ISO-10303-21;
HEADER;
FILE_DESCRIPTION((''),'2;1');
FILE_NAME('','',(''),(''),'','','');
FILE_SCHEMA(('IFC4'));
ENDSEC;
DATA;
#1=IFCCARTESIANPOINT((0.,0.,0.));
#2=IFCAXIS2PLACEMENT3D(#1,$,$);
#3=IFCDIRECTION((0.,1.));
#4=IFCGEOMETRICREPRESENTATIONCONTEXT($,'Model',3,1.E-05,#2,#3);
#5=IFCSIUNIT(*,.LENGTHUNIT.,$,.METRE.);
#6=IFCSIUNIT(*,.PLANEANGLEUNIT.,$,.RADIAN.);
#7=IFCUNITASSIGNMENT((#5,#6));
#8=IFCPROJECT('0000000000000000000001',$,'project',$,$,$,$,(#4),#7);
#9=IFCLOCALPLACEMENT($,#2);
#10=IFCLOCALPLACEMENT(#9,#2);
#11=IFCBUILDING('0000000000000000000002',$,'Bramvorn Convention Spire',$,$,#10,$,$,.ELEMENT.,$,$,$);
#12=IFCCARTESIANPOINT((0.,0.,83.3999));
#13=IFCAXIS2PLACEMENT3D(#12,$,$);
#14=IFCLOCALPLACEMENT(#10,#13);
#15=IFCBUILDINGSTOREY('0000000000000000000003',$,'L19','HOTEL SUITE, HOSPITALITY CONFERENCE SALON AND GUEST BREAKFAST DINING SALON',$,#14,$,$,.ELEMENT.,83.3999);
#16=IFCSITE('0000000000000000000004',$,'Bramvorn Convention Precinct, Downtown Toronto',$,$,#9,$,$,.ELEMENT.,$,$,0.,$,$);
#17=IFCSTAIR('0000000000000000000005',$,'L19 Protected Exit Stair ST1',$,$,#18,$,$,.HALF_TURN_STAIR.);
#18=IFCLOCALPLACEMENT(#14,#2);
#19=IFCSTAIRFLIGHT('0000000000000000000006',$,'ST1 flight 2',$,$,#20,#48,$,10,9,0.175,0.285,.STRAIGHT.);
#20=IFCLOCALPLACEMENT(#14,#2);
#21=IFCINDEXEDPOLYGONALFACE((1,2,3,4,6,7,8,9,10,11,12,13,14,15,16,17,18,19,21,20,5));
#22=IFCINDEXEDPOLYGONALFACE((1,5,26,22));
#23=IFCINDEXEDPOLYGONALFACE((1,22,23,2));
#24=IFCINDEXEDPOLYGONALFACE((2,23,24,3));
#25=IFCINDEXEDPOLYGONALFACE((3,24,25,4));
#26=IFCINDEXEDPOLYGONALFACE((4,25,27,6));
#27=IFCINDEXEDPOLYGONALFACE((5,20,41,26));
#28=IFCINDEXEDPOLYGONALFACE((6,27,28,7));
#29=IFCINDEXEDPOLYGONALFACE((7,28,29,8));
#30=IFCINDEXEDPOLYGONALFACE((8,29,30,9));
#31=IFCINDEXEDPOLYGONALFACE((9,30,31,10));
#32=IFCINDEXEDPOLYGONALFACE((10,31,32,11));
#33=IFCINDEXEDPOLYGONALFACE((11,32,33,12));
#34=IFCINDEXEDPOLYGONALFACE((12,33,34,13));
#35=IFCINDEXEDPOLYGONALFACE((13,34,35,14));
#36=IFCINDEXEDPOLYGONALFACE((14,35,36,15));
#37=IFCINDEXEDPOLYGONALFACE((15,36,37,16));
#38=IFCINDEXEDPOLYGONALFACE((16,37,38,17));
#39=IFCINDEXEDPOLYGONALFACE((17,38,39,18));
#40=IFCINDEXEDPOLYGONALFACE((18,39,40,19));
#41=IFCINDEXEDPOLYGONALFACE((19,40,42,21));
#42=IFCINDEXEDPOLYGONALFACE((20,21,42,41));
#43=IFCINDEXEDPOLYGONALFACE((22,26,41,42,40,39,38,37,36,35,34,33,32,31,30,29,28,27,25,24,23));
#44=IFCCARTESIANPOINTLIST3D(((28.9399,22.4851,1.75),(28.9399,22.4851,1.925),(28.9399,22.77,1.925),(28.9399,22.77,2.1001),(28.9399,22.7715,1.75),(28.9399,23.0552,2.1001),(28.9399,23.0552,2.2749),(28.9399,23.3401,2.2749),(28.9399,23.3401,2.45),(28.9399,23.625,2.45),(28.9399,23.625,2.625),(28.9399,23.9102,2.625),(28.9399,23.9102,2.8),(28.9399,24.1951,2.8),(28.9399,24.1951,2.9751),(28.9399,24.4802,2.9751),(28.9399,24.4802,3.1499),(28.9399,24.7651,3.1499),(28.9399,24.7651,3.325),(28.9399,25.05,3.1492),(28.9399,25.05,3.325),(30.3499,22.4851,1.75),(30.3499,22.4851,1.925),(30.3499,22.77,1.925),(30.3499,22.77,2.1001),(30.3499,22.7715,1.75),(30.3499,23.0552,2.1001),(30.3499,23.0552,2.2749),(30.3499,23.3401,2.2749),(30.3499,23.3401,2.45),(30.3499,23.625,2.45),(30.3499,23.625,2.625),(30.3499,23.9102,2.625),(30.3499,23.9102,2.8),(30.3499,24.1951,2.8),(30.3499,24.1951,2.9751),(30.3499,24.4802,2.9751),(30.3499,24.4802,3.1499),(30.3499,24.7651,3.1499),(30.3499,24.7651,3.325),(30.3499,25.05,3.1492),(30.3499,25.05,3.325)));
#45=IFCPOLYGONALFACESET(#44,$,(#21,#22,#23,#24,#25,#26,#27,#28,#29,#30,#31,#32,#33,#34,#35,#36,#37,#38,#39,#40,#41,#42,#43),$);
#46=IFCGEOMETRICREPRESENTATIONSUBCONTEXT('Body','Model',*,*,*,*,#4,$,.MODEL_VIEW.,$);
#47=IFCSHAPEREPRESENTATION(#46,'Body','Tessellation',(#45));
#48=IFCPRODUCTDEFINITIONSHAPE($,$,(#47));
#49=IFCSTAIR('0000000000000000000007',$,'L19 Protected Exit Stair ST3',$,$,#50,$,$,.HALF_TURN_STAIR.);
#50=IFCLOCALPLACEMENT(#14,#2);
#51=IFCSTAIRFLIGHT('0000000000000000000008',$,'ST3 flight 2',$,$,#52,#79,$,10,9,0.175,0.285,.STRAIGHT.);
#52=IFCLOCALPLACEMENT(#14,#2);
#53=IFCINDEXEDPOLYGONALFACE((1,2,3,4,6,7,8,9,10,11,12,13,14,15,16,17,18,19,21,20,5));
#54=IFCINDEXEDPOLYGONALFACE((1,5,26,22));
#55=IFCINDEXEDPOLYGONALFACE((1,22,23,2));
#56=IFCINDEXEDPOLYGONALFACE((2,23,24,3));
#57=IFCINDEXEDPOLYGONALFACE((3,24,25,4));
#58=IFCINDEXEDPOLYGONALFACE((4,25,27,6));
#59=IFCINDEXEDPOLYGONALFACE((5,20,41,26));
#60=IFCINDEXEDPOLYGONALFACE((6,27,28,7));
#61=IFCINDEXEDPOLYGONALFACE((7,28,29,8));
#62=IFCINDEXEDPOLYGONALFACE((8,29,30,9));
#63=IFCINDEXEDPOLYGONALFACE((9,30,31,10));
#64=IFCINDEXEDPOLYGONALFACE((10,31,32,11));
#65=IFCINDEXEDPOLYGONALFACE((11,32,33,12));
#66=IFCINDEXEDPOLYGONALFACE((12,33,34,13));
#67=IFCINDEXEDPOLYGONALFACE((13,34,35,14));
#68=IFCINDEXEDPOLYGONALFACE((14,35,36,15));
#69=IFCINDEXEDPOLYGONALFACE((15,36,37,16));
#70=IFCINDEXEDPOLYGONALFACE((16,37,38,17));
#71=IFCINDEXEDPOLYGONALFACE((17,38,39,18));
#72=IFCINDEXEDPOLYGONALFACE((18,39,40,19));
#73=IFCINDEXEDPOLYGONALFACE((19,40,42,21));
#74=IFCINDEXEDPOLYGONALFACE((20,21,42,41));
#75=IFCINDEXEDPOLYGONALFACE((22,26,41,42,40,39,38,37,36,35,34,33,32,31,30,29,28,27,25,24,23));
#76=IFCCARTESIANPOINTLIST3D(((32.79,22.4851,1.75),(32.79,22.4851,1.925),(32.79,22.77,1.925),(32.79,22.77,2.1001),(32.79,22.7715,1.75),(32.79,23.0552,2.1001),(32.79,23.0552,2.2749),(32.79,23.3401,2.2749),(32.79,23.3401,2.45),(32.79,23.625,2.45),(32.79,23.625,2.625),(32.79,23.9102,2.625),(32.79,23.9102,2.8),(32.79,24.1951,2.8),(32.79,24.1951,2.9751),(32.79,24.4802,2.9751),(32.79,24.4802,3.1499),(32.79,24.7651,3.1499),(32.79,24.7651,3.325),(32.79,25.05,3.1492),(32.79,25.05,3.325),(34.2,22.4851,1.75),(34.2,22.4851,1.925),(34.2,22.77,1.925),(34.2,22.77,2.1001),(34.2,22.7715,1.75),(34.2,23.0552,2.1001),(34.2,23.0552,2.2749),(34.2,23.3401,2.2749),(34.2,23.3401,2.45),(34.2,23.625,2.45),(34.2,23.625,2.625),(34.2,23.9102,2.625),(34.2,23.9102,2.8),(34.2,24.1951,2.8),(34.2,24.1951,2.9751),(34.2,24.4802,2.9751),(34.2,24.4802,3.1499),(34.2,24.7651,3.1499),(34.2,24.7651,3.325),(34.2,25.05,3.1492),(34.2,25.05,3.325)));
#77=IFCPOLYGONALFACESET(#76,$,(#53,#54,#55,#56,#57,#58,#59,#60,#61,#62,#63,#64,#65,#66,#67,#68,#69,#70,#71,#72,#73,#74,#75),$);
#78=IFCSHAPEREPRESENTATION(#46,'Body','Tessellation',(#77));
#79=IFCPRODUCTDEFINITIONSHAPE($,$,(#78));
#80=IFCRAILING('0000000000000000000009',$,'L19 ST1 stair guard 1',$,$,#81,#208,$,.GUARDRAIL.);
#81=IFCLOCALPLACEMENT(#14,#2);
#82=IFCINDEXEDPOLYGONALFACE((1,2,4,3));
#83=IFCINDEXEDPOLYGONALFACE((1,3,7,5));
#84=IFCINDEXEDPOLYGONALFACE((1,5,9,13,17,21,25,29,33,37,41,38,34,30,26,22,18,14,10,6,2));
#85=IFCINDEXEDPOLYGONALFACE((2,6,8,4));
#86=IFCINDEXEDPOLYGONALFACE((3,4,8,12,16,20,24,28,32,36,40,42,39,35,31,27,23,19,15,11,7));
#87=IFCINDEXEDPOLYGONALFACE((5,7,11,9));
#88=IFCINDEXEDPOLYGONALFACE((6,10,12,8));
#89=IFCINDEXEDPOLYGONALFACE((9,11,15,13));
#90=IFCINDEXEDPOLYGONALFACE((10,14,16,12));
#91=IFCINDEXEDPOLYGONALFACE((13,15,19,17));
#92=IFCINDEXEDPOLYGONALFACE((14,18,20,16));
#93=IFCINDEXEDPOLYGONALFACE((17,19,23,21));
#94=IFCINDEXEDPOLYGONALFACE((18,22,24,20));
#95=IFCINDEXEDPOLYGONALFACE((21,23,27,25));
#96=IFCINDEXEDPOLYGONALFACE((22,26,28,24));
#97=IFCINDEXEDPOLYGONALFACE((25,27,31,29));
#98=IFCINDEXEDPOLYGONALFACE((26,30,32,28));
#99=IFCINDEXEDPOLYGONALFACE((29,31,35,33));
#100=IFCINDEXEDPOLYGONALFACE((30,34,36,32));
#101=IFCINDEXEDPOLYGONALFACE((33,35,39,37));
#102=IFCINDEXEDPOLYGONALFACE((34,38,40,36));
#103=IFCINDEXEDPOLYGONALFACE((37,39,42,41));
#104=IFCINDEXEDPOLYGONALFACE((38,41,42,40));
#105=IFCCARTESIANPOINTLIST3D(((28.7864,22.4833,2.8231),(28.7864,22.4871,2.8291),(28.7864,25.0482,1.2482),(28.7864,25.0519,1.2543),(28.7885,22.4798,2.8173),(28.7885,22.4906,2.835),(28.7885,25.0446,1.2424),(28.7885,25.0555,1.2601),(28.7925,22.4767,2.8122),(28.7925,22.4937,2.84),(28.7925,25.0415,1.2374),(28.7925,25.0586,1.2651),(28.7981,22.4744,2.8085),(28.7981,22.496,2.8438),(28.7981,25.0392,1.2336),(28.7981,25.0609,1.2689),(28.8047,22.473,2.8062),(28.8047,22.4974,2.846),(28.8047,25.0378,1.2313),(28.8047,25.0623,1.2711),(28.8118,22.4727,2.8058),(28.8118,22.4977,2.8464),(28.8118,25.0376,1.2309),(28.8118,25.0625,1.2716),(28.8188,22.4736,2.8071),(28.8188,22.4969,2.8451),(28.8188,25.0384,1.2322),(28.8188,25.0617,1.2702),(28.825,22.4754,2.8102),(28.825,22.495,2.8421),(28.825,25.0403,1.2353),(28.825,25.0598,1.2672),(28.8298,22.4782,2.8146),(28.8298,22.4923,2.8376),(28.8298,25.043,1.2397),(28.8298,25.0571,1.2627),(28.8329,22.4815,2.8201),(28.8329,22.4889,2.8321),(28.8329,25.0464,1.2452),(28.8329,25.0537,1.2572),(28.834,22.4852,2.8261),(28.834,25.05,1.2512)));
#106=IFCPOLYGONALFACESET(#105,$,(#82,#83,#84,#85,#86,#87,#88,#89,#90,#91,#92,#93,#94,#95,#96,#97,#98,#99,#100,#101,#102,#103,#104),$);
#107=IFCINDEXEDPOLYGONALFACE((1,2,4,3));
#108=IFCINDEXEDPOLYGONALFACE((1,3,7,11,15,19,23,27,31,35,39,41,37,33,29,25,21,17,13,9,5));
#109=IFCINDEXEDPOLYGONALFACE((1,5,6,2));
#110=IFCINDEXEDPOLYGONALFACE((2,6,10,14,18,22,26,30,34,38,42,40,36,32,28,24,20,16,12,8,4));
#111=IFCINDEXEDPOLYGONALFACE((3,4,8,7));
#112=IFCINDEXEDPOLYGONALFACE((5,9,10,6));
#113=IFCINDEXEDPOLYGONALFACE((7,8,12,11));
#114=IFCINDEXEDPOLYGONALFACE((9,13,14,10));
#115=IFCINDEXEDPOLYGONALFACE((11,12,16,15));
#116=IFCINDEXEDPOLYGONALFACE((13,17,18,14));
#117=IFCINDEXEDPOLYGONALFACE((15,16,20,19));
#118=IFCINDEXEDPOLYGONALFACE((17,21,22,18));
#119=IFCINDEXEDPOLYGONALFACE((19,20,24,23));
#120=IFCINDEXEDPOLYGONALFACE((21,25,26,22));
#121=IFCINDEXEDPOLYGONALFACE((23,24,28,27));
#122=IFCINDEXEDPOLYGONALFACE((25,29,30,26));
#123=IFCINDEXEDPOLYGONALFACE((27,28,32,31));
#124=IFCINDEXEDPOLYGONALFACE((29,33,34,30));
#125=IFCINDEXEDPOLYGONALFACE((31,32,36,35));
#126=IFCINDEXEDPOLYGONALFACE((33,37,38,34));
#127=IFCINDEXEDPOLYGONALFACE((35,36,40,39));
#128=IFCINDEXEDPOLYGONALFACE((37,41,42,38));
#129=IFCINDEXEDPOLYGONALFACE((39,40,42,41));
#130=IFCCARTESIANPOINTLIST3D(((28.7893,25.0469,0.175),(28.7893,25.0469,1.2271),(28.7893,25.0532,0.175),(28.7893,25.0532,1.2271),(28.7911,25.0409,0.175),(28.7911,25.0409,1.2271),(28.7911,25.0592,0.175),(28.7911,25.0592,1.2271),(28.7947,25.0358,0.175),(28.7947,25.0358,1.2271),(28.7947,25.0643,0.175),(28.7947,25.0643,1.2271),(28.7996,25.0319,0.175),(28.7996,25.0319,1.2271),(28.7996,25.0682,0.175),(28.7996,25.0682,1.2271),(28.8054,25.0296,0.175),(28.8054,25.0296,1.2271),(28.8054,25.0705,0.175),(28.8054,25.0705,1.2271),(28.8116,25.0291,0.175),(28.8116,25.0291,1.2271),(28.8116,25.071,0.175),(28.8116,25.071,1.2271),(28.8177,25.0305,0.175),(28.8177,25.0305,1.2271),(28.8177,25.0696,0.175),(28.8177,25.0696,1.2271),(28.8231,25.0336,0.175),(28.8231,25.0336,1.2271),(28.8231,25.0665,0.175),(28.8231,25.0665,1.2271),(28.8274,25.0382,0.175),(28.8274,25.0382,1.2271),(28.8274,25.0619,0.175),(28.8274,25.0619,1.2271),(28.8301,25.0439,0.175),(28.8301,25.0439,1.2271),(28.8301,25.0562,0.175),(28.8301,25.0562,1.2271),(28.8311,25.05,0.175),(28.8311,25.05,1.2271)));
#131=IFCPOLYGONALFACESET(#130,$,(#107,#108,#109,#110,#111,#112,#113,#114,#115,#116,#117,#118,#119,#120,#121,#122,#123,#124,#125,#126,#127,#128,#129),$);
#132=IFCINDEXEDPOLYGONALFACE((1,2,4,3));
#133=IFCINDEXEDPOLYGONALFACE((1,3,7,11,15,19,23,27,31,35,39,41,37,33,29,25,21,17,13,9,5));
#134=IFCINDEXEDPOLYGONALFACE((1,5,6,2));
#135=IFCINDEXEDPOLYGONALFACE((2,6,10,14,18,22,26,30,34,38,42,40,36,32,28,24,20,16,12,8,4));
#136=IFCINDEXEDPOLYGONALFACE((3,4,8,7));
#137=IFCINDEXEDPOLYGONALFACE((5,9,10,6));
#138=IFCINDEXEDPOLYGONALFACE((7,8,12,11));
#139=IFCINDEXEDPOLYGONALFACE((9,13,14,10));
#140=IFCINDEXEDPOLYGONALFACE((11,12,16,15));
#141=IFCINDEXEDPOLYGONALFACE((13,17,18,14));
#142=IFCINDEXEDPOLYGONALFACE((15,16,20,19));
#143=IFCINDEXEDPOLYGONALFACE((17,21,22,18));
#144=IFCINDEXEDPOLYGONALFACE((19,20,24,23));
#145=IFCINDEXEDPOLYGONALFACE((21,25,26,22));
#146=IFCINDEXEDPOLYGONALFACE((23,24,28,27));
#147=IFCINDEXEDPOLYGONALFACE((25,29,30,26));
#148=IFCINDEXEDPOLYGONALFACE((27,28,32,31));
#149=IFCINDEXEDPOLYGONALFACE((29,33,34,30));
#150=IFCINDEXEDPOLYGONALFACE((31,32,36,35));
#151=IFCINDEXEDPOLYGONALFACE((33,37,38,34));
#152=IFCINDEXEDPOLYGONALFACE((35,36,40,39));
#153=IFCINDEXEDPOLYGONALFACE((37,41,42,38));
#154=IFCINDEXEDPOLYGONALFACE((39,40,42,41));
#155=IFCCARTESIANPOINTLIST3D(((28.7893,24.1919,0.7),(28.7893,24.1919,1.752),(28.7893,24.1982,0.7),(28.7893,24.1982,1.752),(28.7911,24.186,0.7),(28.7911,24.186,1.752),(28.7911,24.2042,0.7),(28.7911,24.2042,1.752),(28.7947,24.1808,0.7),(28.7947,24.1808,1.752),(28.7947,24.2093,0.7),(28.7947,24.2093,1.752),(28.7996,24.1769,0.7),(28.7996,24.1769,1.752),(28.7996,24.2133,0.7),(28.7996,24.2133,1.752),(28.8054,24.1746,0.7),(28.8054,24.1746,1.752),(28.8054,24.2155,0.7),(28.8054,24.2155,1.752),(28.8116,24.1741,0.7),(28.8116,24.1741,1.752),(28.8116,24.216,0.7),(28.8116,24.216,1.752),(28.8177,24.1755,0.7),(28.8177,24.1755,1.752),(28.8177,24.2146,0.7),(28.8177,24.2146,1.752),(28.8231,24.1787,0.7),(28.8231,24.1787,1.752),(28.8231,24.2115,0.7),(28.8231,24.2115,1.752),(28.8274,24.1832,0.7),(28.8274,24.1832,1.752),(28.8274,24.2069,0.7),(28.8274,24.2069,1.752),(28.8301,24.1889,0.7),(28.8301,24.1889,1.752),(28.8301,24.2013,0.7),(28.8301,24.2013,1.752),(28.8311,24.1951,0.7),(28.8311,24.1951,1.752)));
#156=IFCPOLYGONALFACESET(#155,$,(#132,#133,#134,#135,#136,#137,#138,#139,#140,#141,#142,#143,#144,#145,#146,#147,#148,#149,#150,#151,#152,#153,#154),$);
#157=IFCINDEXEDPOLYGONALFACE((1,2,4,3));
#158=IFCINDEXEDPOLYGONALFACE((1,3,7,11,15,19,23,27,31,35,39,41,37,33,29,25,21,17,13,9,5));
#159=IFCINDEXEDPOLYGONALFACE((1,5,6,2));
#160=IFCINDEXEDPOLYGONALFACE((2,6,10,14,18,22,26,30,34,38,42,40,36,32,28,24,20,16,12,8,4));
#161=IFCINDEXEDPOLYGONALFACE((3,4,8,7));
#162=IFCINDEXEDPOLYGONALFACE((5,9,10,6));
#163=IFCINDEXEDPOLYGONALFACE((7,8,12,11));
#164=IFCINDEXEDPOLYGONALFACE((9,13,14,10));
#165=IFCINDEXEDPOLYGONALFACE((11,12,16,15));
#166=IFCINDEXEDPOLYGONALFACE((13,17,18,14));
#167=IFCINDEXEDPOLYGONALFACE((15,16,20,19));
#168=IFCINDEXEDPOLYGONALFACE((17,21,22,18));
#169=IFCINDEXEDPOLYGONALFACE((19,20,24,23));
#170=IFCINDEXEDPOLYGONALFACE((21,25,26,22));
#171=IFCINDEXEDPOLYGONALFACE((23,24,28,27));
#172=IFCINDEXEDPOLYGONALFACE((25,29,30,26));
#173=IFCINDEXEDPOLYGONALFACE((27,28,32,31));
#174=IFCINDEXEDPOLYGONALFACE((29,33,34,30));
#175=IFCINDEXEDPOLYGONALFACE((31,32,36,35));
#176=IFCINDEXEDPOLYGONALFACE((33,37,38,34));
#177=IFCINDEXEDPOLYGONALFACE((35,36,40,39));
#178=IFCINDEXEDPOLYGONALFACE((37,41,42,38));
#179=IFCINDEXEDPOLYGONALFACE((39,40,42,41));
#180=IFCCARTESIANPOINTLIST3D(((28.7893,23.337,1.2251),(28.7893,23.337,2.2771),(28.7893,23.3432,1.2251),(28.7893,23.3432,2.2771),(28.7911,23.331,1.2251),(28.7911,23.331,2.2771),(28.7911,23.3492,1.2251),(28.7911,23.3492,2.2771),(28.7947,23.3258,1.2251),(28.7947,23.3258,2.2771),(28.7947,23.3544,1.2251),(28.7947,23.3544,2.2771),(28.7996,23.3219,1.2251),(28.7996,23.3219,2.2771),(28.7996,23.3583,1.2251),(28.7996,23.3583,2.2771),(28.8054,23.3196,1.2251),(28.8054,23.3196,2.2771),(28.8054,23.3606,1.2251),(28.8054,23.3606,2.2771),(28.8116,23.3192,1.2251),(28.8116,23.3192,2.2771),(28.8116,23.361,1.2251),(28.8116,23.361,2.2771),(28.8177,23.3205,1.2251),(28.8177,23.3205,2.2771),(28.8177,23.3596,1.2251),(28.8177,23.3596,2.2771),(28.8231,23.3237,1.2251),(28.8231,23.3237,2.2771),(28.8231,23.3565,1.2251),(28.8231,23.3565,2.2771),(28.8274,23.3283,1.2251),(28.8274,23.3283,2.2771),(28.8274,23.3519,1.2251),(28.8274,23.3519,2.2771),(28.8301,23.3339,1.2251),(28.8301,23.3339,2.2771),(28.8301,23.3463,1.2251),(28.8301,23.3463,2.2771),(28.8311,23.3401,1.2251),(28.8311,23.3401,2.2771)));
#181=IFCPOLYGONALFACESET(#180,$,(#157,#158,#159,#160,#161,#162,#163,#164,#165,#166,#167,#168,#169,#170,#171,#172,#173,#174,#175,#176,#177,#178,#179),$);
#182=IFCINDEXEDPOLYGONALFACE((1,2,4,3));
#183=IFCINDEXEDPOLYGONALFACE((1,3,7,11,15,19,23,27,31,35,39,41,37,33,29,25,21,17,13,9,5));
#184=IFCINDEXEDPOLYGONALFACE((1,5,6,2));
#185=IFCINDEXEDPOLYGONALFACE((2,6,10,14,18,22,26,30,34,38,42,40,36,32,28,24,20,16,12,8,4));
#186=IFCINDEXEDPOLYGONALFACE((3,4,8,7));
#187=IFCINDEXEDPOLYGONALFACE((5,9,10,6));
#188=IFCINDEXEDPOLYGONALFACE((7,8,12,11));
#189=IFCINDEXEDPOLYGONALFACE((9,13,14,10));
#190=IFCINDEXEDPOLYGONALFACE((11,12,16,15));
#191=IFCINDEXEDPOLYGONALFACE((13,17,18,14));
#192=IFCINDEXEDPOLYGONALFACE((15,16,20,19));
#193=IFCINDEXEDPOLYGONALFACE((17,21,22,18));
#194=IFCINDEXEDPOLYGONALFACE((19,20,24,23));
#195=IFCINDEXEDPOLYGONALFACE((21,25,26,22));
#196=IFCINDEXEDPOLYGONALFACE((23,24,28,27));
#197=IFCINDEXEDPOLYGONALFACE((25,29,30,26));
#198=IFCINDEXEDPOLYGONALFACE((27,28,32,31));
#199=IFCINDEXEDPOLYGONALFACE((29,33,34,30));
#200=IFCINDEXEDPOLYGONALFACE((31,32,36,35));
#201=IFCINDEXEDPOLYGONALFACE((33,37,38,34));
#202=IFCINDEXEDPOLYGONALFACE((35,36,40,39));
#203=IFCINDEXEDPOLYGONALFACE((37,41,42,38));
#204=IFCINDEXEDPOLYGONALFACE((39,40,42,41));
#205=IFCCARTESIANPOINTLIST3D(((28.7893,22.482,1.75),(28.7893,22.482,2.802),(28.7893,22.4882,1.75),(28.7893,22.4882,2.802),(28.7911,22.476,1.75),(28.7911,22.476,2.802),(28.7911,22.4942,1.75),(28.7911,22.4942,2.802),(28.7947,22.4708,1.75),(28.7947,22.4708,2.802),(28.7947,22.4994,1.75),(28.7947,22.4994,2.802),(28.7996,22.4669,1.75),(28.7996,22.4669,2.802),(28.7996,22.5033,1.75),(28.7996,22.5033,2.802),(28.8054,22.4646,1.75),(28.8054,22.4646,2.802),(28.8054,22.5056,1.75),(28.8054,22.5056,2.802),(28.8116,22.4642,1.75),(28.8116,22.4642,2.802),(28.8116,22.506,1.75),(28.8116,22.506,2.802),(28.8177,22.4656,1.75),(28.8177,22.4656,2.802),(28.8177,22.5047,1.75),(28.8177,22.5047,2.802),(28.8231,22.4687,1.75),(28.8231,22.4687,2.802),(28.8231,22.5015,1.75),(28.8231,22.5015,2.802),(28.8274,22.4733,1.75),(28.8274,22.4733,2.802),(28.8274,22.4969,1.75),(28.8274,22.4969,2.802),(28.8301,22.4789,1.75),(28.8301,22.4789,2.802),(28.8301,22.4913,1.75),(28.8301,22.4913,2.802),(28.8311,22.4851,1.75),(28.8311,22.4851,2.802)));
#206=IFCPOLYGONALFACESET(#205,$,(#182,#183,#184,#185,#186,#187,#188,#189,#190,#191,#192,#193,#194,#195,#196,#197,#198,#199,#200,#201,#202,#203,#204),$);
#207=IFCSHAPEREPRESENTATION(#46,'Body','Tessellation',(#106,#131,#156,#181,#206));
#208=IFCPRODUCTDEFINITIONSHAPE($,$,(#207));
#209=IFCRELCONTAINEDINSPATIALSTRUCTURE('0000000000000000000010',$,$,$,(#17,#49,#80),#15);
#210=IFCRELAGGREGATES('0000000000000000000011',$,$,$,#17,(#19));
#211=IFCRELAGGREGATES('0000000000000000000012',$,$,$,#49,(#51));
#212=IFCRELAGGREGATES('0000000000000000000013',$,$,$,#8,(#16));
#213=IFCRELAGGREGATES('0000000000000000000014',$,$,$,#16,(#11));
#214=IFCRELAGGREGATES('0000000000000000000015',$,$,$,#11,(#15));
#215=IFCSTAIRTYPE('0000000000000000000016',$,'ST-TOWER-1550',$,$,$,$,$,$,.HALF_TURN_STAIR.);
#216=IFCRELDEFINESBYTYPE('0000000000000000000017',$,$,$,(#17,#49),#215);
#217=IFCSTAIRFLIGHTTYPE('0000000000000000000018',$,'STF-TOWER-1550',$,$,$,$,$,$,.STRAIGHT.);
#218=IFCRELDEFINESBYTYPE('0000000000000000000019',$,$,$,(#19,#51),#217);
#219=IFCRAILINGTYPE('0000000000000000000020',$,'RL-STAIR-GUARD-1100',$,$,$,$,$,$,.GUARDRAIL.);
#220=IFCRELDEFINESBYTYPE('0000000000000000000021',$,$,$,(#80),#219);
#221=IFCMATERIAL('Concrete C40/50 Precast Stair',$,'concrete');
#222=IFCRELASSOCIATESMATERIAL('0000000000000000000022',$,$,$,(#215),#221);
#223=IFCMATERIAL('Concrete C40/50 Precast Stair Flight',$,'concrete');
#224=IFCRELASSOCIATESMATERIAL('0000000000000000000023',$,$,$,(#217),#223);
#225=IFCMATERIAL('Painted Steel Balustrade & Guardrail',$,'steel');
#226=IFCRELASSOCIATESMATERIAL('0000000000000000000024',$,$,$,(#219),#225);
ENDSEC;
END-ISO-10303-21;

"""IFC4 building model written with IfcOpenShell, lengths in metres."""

from ifc_helpers import new_model, si_unit, direction, frame, origin, origin_2d, place, context, subcontext, project, spatial, polyline, circle, outline, extrude, material, type_object, element, aggregate, save


model = new_model("IFC4")

# Units and contexts
model_context = context("Model", 3, precision=1e-05, world=origin(), true_north=direction((0.0, 1.0)))
body_context = subcontext(model_context, "Body", "Model", "MODEL_VIEW")
ifc_project = project(units=[si_unit("LENGTHUNIT", "METRE"), si_unit("PLANEANGLEUNIT", "RADIAN")], contexts=[model_context])

# Site, building, storey
site_placement = place(None, origin())
site = spatial("IfcSite", under=ifc_project, at=site_placement, Name="Bramvorn Convention Precinct, Downtown Toronto", CompositionType="ELEMENT", RefElevation=0.0)
building_placement = place(site_placement, origin())
building = spatial("IfcBuilding", under=site, at=building_placement, Name="Bramvorn Convention Spire", CompositionType="ELEMENT")
storey_placement = place(building_placement, frame((0.0, 0.0, 83.3999)))
storey = spatial("IfcBuildingStorey", under=building, at=storey_placement, Name="L19", Description="HOTEL SUITE, HOSPITALITY CONFERENCE SALON AND GUEST BREAKFAST DINING SALON", CompositionType="ELEMENT", Elevation=83.3999)

# Stair, stair flight
ifc_material_1 = material(Name="Concrete C40/50 Precast Stair", Category="concrete")
stair_type = type_object("IfcStairType", Name="ST-TOWER-1550", PredefinedType="HALF_TURN_STAIR", material=ifc_material_1)
stair_1_placement = place(storey_placement, origin())
stair_1 = element("IfcStair", 1, at=stair_1_placement, inside=storey, type_object=stair_type, Name="L19 Protected Exit Stair ST1", PredefinedType="HALF_TURN_STAIR")
ifc_material_2 = material(Name="Concrete C40/50 Precast Stair Flight", Category="concrete")
stair_flight_type = type_object("IfcStairFlightType", Name="STF-TOWER-1550", PredefinedType="STRAIGHT", material=ifc_material_2)
stair_flight_1_placement = place(storey_placement, frame((29.645, 22.4851, 1.75), z_axis=(0.0, 0.0, 1.0), x_axis=(0.0, 1.0, 0.0)))
stair_flight_1 = element("IfcStairFlight", 2, at=stair_flight_1_placement, type_object=stair_flight_type, Name="ST1 flight 2", NumberOfRisers=10, NumberOfTreads=9, PredefinedType="STRAIGHT", RiserHeight=0.175, TreadLength=0.285, context=body_context, shape_type="SweptSolid", body=[
    extrude(outline(polyline([(0.0, 0.0), (0.0, 0.175), (0.2849, 0.175), (0.2849, 0.3501), (0.5701, 0.3501), (0.5701, 0.5249), (0.855, 0.5249), (0.855, 0.7), (1.1399, 0.7), (1.1399, 0.875), (1.425, 0.875), (1.425, 1.05), (1.71, 1.05), (1.71, 1.2251), (1.9951, 1.2251), (1.9951, 1.3999), (2.28, 1.3999), (2.28, 1.575), (2.5649, 1.575), (2.5649, 1.75), (2.5649, 1.3992), (0.2864, 0.0), (0.0, 0.0)])), frame((0.0, 0.7051, 0.0), z_axis=(0.0, -1.0, 0.0), x_axis=(1.0, 0.0, 0.0)), (0.0, 0.0, 1.0), 1.4099),
])
aggregate(stair_1, [stair_flight_1])

# Stair, stair flight
stair_2_placement = place(storey_placement, origin())
stair_2 = element("IfcStair", 3, at=stair_2_placement, inside=storey, type_object=stair_type, Name="L19 Protected Exit Stair ST3", PredefinedType="HALF_TURN_STAIR")
stair_flight_2_placement = place(storey_placement, frame((33.4951, 22.4851, 1.75), z_axis=(0.0, 0.0, 1.0), x_axis=(0.0, 1.0, 0.0)))
stair_flight_2 = element("IfcStairFlight", 4, at=stair_flight_2_placement, type_object=stair_flight_type, Name="ST3 flight 2", NumberOfRisers=10, NumberOfTreads=9, PredefinedType="STRAIGHT", RiserHeight=0.175, TreadLength=0.285, context=body_context, shape_type="SweptSolid", body=[
    extrude(outline(polyline([(0.0, 0.0), (0.0, 0.175), (0.2849, 0.175), (0.2849, 0.3501), (0.5701, 0.3501), (0.5701, 0.5249), (0.855, 0.5249), (0.855, 0.7), (1.1399, 0.7), (1.1399, 0.875), (1.425, 0.875), (1.425, 1.05), (1.71, 1.05), (1.71, 1.2251), (1.9951, 1.2251), (1.9951, 1.3999), (2.28, 1.3999), (2.28, 1.575), (2.5649, 1.575), (2.5649, 1.75), (2.5649, 1.3992), (0.2864, 0.0), (0.0, 0.0)])), frame((0.0, 0.7051, 0.0), z_axis=(0.0, -1.0, 0.0), x_axis=(1.0, 0.0, 0.0)), (0.0, 0.0, 1.0), 1.4099),
])
aggregate(stair_2, [stair_flight_2])

# Railing
ifc_material_3 = material(Name="Painted Steel Balustrade & Guardrail", Category="steel")
railing_type_1 = type_object("IfcRailingType", Name="RL-STAIR-GUARD-1100", PredefinedType="GUARDRAIL", material=ifc_material_3)
railing_1_placement = place(storey_placement, frame((28.8101, 25.05, 0.175)))
element("IfcRailing", 5, at=railing_1_placement, inside=storey, type_object=railing_type_1, Name="L19 ST1 stair guard 1", PredefinedType="GUARDRAIL", context=body_context, shape_type="SweptSolid", body=[
    extrude(circle(Radius=0.0239, at=origin_2d()), frame((0.0, 0.0, 1.0762), z_axis=(0.0, -0.852173, 0.52326), x_axis=(1.0, 0.0, 0.0)), (0.0, 0.0, 1.0), 3.0098),
    extrude(circle(Radius=0.021, at=origin_2d()), origin(), (0.0, 0.0, 1.0), 1.052),
    extrude(circle(Radius=0.021, at=origin_2d()), frame((0.0, -0.855, 0.5249)), (0.0, 0.0, 1.0), 1.052),
    extrude(circle(Radius=0.021, at=origin_2d()), frame((0.0, -1.71, 1.05)), (0.0, 0.0, 1.0), 1.052),
    extrude(circle(Radius=0.021, at=origin_2d()), frame((0.0, -2.5649, 1.575)), (0.0, 0.0, 1.0), 1.052),
])

save(model, "model.ifc")
